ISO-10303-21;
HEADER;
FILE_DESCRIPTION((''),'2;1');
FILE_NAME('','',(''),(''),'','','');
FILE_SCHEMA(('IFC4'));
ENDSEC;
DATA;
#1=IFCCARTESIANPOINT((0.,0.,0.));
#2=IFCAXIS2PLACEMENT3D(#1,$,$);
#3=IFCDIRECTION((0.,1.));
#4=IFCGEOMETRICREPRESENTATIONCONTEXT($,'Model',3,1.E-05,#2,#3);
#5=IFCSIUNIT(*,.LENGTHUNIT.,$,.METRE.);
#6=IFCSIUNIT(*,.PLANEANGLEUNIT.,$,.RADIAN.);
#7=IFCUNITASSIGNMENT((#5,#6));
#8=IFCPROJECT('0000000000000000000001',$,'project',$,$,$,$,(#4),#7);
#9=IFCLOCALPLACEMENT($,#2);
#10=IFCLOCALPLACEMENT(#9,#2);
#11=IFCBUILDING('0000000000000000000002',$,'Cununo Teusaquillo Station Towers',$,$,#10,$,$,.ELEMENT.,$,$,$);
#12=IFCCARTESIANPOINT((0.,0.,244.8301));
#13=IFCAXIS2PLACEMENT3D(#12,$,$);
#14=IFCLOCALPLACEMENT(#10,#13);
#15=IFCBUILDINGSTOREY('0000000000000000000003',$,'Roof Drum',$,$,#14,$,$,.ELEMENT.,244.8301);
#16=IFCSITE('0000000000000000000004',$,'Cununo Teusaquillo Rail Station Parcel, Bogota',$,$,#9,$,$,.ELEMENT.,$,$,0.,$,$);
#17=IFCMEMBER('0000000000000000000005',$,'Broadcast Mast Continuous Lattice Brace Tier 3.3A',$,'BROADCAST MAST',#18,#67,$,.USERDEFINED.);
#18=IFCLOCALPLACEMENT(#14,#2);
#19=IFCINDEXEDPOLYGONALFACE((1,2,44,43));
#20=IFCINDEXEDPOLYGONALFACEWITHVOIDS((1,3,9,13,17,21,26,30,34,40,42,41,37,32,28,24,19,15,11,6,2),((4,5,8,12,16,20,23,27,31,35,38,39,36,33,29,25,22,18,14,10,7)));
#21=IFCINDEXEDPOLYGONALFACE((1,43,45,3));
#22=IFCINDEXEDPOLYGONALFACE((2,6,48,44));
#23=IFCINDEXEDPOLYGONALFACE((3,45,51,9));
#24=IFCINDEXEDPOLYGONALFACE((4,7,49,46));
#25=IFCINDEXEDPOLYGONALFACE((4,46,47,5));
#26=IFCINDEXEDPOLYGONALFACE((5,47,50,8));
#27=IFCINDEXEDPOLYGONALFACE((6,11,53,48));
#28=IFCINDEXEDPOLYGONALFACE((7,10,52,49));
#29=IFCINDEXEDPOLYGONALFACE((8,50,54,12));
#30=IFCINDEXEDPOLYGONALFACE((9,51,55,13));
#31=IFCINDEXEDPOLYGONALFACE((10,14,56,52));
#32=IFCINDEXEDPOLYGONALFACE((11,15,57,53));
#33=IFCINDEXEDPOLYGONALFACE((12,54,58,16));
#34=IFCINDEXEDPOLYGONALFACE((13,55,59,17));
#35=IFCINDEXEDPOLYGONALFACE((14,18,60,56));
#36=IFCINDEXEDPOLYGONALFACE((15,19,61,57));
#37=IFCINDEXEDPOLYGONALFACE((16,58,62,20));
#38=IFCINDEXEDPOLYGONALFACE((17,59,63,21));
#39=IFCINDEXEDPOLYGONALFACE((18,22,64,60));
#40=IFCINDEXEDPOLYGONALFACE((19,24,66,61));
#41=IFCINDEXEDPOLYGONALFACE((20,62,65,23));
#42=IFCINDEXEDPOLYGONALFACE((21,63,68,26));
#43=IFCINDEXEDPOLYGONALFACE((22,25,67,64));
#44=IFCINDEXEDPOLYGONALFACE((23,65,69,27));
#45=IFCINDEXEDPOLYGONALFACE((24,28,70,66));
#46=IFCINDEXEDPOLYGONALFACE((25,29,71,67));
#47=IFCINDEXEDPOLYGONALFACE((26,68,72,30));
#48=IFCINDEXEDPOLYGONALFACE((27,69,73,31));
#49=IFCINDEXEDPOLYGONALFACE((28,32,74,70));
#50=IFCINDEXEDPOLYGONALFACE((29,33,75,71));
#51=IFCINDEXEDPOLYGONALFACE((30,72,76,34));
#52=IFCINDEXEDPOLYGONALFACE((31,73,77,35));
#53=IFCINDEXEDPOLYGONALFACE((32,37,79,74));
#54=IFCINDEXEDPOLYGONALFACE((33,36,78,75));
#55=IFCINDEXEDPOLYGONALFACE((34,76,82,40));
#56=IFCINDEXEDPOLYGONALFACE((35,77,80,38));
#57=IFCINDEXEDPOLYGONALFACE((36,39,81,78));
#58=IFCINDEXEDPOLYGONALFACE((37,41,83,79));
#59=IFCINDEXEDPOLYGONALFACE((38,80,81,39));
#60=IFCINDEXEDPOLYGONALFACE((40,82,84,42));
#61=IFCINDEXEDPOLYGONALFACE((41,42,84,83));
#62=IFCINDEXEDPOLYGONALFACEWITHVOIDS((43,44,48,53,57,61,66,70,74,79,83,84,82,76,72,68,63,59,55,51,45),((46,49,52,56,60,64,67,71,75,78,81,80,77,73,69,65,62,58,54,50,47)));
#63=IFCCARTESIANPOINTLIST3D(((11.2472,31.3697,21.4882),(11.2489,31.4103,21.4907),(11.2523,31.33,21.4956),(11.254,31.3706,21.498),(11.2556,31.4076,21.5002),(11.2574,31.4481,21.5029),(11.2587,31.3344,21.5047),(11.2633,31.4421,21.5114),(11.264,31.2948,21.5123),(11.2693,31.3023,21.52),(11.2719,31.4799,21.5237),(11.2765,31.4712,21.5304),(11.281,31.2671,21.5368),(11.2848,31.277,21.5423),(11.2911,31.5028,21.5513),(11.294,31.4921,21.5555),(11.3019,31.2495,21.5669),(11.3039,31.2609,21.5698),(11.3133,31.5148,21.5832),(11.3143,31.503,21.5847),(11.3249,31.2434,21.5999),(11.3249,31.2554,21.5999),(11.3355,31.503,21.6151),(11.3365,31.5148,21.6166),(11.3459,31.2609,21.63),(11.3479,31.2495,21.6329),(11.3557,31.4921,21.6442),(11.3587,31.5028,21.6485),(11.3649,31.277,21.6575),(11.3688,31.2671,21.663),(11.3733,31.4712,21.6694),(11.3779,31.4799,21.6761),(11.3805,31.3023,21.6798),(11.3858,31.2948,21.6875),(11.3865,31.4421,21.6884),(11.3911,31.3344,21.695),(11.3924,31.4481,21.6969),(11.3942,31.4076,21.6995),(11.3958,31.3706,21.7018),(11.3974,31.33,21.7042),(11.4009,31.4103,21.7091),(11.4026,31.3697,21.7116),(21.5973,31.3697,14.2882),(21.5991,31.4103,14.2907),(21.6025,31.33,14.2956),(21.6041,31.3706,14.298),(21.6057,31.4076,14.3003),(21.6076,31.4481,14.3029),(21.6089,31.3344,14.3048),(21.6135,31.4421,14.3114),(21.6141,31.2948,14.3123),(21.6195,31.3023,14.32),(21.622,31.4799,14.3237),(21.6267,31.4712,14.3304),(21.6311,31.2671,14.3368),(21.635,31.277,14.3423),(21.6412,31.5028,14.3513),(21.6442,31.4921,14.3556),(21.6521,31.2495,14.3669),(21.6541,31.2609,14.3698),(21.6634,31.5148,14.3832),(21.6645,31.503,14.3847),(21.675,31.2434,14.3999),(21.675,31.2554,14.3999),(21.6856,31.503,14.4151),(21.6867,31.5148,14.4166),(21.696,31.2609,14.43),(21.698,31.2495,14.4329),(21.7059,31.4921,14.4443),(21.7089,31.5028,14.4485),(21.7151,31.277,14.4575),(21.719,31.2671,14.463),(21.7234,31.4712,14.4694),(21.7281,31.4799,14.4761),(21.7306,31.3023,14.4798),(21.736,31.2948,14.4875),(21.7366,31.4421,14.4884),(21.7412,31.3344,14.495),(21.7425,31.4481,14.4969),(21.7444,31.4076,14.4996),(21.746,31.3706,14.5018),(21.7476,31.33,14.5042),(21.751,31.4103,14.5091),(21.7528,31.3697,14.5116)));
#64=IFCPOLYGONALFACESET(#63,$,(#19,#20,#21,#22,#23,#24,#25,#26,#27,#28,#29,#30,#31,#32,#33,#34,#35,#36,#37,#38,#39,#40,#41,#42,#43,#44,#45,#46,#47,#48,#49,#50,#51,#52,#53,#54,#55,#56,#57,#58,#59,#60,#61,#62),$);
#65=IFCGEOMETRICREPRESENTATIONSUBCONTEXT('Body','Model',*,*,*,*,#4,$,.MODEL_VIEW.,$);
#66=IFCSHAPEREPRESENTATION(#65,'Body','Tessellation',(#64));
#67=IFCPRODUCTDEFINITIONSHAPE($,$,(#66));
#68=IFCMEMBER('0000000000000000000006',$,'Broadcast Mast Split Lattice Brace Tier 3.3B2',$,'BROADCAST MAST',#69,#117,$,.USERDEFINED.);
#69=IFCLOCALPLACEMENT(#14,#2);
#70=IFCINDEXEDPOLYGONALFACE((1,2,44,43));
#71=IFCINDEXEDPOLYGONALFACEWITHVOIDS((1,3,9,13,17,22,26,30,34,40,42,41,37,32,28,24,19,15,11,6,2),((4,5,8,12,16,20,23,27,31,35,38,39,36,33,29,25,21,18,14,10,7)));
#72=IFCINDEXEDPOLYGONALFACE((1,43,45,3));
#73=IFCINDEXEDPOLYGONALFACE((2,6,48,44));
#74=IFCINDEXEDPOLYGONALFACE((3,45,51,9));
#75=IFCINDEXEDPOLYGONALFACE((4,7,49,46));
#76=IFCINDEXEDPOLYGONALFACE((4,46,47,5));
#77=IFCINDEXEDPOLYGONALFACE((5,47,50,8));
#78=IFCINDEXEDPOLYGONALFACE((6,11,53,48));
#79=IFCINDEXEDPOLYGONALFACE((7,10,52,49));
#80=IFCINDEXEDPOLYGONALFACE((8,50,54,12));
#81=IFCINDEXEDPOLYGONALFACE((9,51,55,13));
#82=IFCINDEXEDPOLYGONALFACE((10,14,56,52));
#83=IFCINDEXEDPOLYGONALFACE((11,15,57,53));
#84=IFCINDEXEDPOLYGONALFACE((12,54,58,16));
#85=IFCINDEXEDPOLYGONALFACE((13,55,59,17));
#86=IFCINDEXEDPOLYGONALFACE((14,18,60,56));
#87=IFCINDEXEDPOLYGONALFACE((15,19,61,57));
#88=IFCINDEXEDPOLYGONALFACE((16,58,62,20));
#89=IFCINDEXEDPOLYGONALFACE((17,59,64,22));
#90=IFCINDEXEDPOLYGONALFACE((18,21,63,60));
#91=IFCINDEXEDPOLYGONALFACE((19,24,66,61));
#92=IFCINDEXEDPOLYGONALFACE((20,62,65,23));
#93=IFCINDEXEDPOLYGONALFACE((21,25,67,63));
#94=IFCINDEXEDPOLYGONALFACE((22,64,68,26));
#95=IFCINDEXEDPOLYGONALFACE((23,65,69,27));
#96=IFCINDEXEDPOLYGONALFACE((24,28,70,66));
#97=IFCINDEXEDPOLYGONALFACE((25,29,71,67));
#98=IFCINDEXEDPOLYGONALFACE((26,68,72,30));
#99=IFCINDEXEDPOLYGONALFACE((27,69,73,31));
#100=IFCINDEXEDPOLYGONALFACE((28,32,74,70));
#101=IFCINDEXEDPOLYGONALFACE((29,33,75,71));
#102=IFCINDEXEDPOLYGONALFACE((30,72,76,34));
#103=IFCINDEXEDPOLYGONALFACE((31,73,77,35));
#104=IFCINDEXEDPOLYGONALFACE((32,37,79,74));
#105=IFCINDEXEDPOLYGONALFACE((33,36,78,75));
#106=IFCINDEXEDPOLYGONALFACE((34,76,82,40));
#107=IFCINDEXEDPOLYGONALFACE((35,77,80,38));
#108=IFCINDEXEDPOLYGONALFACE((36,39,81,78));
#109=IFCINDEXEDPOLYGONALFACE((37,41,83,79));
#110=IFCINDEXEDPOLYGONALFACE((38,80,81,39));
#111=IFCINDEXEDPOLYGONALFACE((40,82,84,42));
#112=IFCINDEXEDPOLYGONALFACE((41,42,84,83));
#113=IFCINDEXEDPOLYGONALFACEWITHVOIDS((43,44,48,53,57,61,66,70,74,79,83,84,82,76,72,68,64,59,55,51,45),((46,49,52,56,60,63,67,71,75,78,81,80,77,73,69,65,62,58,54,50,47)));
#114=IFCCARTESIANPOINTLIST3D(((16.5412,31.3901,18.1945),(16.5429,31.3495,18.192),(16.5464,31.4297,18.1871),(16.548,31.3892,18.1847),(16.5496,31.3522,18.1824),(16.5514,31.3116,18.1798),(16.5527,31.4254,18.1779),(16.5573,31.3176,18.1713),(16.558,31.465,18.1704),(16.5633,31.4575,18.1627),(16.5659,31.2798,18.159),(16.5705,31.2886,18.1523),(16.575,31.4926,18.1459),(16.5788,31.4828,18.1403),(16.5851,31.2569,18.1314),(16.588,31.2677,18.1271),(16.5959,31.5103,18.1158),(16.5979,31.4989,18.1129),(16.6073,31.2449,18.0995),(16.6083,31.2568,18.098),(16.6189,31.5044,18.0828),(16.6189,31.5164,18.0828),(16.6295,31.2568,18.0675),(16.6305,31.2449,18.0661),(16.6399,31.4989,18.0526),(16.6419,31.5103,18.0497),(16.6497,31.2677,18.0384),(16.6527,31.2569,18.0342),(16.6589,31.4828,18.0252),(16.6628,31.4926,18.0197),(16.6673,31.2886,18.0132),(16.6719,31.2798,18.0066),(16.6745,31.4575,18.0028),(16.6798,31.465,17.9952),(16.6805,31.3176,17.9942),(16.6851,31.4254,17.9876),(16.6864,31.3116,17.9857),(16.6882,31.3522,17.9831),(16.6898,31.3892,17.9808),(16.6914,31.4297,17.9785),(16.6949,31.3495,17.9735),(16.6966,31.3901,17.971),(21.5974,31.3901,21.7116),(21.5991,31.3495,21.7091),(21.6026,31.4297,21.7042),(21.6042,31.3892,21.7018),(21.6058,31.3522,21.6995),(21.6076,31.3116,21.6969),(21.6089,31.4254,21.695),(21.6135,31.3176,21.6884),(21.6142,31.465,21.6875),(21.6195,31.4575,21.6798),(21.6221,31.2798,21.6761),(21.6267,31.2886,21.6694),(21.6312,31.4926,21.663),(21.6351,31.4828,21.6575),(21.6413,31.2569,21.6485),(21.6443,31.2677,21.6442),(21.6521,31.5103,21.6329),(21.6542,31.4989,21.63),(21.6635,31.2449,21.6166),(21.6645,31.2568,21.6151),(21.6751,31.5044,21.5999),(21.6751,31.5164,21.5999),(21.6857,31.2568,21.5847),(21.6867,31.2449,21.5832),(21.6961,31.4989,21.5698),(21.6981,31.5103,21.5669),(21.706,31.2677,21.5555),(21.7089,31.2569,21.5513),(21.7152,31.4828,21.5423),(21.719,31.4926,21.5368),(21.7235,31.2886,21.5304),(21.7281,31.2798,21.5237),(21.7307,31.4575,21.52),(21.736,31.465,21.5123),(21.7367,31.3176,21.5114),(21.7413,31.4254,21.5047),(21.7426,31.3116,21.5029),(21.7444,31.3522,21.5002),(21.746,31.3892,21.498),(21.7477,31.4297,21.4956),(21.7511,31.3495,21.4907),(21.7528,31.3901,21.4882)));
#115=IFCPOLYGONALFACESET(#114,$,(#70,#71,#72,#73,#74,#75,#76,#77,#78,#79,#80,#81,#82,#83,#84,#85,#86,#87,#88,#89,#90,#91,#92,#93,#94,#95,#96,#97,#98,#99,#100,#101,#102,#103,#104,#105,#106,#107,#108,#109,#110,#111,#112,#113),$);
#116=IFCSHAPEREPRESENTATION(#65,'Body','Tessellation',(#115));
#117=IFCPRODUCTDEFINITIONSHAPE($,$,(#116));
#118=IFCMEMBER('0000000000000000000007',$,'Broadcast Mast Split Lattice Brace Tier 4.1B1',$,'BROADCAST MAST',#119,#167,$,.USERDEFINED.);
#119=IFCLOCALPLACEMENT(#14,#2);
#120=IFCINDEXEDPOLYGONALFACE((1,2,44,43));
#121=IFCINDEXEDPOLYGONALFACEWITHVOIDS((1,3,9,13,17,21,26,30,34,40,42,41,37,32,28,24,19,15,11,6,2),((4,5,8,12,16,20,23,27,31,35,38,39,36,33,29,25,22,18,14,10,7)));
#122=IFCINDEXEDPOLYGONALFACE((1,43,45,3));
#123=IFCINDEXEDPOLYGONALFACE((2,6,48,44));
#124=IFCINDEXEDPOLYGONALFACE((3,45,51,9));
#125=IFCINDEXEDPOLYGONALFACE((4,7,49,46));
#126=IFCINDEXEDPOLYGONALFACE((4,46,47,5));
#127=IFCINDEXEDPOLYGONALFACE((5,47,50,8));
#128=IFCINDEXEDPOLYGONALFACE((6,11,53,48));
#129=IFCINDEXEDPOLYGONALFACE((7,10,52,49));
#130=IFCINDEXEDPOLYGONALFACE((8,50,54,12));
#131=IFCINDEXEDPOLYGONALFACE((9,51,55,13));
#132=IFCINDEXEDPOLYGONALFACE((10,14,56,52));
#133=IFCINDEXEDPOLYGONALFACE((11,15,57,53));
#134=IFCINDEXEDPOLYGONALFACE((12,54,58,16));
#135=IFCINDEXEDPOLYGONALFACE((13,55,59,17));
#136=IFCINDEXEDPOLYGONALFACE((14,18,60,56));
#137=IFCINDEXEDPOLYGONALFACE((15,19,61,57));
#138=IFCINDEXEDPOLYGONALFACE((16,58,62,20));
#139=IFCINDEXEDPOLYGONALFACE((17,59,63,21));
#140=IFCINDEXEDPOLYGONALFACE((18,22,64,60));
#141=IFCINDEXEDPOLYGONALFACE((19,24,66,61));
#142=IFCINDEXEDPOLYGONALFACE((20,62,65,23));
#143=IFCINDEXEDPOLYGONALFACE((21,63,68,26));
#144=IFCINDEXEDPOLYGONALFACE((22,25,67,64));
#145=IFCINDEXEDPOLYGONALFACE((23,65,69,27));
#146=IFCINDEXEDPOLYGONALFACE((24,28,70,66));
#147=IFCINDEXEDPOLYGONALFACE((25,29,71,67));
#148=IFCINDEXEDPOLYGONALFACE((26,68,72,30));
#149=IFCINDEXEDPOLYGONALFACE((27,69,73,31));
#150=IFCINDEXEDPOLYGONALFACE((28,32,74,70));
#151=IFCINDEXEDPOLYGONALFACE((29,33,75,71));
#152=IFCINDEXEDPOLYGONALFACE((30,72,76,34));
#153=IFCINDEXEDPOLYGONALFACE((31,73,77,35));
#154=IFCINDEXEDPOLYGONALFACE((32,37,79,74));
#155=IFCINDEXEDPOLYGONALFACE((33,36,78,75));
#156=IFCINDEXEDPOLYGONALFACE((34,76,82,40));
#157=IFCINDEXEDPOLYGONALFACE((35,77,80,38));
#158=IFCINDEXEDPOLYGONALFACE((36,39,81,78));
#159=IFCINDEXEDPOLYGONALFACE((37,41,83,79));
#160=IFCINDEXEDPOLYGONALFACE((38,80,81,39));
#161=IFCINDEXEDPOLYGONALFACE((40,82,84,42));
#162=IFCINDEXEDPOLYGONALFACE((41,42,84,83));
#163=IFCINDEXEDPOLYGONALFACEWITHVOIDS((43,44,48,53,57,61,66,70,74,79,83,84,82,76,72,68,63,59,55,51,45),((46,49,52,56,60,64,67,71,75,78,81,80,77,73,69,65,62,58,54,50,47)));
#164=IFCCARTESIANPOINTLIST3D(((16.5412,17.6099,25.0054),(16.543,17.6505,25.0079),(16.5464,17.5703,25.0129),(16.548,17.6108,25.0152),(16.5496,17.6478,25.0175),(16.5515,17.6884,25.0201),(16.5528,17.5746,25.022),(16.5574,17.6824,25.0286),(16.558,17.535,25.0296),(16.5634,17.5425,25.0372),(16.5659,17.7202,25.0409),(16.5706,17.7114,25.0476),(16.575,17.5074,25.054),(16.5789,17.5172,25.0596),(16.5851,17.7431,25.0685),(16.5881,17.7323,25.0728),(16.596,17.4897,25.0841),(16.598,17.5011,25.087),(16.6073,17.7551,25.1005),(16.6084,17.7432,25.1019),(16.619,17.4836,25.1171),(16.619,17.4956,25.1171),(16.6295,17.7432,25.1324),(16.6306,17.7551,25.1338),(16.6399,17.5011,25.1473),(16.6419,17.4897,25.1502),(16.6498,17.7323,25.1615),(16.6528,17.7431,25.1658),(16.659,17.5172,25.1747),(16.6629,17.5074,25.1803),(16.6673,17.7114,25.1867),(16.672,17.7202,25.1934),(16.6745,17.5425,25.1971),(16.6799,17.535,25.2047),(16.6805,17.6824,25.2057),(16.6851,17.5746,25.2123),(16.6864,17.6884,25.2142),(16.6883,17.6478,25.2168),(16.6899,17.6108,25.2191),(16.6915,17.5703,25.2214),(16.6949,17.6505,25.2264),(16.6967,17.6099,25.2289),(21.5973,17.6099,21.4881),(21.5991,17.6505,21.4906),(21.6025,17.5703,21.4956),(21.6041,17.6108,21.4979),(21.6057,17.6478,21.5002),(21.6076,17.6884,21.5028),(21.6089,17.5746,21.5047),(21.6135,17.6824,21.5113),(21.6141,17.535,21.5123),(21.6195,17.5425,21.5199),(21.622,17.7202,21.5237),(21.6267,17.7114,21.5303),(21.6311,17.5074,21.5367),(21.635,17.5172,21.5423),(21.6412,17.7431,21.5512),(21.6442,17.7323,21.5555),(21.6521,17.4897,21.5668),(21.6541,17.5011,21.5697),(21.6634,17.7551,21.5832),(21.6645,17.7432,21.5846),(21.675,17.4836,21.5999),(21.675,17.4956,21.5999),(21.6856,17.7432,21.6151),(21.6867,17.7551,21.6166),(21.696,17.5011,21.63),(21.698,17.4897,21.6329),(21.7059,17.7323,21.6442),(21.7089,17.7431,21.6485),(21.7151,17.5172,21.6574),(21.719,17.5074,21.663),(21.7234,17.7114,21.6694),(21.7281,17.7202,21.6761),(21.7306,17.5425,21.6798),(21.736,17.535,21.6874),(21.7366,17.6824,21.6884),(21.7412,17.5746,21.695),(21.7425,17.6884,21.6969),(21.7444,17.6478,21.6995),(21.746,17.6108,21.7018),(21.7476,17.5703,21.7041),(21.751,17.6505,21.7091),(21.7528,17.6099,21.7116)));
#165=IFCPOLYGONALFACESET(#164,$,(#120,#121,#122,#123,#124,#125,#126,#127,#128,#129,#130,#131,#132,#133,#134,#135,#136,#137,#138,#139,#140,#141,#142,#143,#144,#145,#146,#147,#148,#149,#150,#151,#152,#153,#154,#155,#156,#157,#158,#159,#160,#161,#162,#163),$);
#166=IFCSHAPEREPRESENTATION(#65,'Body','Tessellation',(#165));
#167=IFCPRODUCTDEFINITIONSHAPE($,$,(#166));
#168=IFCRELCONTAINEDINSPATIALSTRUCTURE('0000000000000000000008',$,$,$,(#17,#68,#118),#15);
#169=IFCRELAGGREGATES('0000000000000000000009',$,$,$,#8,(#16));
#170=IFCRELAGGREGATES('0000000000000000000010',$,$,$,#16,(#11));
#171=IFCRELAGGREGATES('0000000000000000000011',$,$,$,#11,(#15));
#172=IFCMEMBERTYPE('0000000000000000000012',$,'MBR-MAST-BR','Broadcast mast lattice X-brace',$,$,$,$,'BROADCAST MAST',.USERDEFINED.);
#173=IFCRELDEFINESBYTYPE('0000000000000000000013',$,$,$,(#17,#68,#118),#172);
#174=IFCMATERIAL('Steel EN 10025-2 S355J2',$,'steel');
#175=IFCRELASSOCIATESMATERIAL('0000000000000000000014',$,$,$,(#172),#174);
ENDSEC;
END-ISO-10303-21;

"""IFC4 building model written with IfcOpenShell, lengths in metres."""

from ifc_helpers import new_model, si_unit, direction, frame, origin, origin_2d, place, context, subcontext, project, spatial, hollow_circle, extrude, material, material_profile, profile_set, type_object, element, save


model = new_model("IFC4")

# Units and contexts
model_context = context("Model", 3, precision=1e-05, world=origin(), true_north=direction((0.0, 1.0)))
body_context = subcontext(model_context, "Body", "Model", "MODEL_VIEW")
ifc_project = project(units=[si_unit("LENGTHUNIT", "METRE"), si_unit("PLANEANGLEUNIT", "RADIAN")], contexts=[model_context])

# Site, building, storey
site_placement = place(None, origin())
site = spatial("IfcSite", under=ifc_project, at=site_placement, Name="Cununo Teusaquillo Rail Station Parcel, Bogota", CompositionType="ELEMENT", RefElevation=0.0)
building_placement = place(site_placement, origin())
building = spatial("IfcBuilding", under=site, at=building_placement, Name="Cununo Teusaquillo Station Towers", CompositionType="ELEMENT")
storey_placement = place(building_placement, frame((0.0, 0.0, 244.8301)))
storey = spatial("IfcBuildingStorey", under=building, at=storey_placement, Name="Roof Drum", CompositionType="ELEMENT", Elevation=244.8301)

# Members
ifc_material_1 = material(Name="Steel EN 10025-2 S355J2", Category="steel")
ifc_material_profile_1 = material_profile(ifc_material_1, hollow_circle(Radius=0.1365, WallThickness=0.012, at=origin_2d()), Name="CHS 273x12")
ifc_profile_set_1 = profile_set([ifc_material_profile_1], Name="Steel EN 10025-2 S355J2")
member_type = type_object("IfcMemberType", Name="MBR-MAST-BR", Description="Broadcast mast lattice X-brace", ElementType="BROADCAST MAST", PredefinedType="USERDEFINED", material=ifc_profile_set_1)
member_1_placement = place(storey_placement, frame((21.675, 31.3799, 14.3999), z_axis=(-0.82091, 0.0, 0.571058), x_axis=(0.0, -1.0, 0.0)))
element("IfcMember", 1, at=member_1_placement, inside=storey, type_object=member_type, Name="Broadcast Mast Continuous Lattice Brace Tier 3.3A", ObjectType="BROADCAST MAST", PredefinedType="USERDEFINED", context=body_context, shape_type="SweptSolid", body=[
    extrude(hollow_circle(Radius=0.1365, WallThickness=0.012, at=origin_2d()), origin(), (0.0, 0.0, 1.0), 12.6082),
])
for number, where, z_axis, x_axis, name in (
    (2, (16.6189, 31.3799, 18.0828), (0.820923, 0.0, 0.571039), (0.0, 1.0, 0.0), "Broadcast Mast Split Lattice Brace Tier 3.3B2"),
    (3, (21.675, 17.6201, 21.5999), (-0.820904, 0.0, 0.571066), (0.0, -1.0, 0.0), "Broadcast Mast Split Lattice Brace Tier 4.1B1"),
):
    element("IfcMember", number, at=place(storey_placement, frame(where, z_axis=z_axis, x_axis=x_axis)), inside=storey, type_object=member_type, Name=name, ObjectType="BROADCAST MAST", PredefinedType="USERDEFINED", context=body_context, shape_type="SweptSolid", body=[
        extrude(hollow_circle(Radius=0.1365, WallThickness=0.012, at=origin_2d()), origin(), (0.0, 0.0, 1.0), 6.1592),
    ])

save(model, "model.ifc")
